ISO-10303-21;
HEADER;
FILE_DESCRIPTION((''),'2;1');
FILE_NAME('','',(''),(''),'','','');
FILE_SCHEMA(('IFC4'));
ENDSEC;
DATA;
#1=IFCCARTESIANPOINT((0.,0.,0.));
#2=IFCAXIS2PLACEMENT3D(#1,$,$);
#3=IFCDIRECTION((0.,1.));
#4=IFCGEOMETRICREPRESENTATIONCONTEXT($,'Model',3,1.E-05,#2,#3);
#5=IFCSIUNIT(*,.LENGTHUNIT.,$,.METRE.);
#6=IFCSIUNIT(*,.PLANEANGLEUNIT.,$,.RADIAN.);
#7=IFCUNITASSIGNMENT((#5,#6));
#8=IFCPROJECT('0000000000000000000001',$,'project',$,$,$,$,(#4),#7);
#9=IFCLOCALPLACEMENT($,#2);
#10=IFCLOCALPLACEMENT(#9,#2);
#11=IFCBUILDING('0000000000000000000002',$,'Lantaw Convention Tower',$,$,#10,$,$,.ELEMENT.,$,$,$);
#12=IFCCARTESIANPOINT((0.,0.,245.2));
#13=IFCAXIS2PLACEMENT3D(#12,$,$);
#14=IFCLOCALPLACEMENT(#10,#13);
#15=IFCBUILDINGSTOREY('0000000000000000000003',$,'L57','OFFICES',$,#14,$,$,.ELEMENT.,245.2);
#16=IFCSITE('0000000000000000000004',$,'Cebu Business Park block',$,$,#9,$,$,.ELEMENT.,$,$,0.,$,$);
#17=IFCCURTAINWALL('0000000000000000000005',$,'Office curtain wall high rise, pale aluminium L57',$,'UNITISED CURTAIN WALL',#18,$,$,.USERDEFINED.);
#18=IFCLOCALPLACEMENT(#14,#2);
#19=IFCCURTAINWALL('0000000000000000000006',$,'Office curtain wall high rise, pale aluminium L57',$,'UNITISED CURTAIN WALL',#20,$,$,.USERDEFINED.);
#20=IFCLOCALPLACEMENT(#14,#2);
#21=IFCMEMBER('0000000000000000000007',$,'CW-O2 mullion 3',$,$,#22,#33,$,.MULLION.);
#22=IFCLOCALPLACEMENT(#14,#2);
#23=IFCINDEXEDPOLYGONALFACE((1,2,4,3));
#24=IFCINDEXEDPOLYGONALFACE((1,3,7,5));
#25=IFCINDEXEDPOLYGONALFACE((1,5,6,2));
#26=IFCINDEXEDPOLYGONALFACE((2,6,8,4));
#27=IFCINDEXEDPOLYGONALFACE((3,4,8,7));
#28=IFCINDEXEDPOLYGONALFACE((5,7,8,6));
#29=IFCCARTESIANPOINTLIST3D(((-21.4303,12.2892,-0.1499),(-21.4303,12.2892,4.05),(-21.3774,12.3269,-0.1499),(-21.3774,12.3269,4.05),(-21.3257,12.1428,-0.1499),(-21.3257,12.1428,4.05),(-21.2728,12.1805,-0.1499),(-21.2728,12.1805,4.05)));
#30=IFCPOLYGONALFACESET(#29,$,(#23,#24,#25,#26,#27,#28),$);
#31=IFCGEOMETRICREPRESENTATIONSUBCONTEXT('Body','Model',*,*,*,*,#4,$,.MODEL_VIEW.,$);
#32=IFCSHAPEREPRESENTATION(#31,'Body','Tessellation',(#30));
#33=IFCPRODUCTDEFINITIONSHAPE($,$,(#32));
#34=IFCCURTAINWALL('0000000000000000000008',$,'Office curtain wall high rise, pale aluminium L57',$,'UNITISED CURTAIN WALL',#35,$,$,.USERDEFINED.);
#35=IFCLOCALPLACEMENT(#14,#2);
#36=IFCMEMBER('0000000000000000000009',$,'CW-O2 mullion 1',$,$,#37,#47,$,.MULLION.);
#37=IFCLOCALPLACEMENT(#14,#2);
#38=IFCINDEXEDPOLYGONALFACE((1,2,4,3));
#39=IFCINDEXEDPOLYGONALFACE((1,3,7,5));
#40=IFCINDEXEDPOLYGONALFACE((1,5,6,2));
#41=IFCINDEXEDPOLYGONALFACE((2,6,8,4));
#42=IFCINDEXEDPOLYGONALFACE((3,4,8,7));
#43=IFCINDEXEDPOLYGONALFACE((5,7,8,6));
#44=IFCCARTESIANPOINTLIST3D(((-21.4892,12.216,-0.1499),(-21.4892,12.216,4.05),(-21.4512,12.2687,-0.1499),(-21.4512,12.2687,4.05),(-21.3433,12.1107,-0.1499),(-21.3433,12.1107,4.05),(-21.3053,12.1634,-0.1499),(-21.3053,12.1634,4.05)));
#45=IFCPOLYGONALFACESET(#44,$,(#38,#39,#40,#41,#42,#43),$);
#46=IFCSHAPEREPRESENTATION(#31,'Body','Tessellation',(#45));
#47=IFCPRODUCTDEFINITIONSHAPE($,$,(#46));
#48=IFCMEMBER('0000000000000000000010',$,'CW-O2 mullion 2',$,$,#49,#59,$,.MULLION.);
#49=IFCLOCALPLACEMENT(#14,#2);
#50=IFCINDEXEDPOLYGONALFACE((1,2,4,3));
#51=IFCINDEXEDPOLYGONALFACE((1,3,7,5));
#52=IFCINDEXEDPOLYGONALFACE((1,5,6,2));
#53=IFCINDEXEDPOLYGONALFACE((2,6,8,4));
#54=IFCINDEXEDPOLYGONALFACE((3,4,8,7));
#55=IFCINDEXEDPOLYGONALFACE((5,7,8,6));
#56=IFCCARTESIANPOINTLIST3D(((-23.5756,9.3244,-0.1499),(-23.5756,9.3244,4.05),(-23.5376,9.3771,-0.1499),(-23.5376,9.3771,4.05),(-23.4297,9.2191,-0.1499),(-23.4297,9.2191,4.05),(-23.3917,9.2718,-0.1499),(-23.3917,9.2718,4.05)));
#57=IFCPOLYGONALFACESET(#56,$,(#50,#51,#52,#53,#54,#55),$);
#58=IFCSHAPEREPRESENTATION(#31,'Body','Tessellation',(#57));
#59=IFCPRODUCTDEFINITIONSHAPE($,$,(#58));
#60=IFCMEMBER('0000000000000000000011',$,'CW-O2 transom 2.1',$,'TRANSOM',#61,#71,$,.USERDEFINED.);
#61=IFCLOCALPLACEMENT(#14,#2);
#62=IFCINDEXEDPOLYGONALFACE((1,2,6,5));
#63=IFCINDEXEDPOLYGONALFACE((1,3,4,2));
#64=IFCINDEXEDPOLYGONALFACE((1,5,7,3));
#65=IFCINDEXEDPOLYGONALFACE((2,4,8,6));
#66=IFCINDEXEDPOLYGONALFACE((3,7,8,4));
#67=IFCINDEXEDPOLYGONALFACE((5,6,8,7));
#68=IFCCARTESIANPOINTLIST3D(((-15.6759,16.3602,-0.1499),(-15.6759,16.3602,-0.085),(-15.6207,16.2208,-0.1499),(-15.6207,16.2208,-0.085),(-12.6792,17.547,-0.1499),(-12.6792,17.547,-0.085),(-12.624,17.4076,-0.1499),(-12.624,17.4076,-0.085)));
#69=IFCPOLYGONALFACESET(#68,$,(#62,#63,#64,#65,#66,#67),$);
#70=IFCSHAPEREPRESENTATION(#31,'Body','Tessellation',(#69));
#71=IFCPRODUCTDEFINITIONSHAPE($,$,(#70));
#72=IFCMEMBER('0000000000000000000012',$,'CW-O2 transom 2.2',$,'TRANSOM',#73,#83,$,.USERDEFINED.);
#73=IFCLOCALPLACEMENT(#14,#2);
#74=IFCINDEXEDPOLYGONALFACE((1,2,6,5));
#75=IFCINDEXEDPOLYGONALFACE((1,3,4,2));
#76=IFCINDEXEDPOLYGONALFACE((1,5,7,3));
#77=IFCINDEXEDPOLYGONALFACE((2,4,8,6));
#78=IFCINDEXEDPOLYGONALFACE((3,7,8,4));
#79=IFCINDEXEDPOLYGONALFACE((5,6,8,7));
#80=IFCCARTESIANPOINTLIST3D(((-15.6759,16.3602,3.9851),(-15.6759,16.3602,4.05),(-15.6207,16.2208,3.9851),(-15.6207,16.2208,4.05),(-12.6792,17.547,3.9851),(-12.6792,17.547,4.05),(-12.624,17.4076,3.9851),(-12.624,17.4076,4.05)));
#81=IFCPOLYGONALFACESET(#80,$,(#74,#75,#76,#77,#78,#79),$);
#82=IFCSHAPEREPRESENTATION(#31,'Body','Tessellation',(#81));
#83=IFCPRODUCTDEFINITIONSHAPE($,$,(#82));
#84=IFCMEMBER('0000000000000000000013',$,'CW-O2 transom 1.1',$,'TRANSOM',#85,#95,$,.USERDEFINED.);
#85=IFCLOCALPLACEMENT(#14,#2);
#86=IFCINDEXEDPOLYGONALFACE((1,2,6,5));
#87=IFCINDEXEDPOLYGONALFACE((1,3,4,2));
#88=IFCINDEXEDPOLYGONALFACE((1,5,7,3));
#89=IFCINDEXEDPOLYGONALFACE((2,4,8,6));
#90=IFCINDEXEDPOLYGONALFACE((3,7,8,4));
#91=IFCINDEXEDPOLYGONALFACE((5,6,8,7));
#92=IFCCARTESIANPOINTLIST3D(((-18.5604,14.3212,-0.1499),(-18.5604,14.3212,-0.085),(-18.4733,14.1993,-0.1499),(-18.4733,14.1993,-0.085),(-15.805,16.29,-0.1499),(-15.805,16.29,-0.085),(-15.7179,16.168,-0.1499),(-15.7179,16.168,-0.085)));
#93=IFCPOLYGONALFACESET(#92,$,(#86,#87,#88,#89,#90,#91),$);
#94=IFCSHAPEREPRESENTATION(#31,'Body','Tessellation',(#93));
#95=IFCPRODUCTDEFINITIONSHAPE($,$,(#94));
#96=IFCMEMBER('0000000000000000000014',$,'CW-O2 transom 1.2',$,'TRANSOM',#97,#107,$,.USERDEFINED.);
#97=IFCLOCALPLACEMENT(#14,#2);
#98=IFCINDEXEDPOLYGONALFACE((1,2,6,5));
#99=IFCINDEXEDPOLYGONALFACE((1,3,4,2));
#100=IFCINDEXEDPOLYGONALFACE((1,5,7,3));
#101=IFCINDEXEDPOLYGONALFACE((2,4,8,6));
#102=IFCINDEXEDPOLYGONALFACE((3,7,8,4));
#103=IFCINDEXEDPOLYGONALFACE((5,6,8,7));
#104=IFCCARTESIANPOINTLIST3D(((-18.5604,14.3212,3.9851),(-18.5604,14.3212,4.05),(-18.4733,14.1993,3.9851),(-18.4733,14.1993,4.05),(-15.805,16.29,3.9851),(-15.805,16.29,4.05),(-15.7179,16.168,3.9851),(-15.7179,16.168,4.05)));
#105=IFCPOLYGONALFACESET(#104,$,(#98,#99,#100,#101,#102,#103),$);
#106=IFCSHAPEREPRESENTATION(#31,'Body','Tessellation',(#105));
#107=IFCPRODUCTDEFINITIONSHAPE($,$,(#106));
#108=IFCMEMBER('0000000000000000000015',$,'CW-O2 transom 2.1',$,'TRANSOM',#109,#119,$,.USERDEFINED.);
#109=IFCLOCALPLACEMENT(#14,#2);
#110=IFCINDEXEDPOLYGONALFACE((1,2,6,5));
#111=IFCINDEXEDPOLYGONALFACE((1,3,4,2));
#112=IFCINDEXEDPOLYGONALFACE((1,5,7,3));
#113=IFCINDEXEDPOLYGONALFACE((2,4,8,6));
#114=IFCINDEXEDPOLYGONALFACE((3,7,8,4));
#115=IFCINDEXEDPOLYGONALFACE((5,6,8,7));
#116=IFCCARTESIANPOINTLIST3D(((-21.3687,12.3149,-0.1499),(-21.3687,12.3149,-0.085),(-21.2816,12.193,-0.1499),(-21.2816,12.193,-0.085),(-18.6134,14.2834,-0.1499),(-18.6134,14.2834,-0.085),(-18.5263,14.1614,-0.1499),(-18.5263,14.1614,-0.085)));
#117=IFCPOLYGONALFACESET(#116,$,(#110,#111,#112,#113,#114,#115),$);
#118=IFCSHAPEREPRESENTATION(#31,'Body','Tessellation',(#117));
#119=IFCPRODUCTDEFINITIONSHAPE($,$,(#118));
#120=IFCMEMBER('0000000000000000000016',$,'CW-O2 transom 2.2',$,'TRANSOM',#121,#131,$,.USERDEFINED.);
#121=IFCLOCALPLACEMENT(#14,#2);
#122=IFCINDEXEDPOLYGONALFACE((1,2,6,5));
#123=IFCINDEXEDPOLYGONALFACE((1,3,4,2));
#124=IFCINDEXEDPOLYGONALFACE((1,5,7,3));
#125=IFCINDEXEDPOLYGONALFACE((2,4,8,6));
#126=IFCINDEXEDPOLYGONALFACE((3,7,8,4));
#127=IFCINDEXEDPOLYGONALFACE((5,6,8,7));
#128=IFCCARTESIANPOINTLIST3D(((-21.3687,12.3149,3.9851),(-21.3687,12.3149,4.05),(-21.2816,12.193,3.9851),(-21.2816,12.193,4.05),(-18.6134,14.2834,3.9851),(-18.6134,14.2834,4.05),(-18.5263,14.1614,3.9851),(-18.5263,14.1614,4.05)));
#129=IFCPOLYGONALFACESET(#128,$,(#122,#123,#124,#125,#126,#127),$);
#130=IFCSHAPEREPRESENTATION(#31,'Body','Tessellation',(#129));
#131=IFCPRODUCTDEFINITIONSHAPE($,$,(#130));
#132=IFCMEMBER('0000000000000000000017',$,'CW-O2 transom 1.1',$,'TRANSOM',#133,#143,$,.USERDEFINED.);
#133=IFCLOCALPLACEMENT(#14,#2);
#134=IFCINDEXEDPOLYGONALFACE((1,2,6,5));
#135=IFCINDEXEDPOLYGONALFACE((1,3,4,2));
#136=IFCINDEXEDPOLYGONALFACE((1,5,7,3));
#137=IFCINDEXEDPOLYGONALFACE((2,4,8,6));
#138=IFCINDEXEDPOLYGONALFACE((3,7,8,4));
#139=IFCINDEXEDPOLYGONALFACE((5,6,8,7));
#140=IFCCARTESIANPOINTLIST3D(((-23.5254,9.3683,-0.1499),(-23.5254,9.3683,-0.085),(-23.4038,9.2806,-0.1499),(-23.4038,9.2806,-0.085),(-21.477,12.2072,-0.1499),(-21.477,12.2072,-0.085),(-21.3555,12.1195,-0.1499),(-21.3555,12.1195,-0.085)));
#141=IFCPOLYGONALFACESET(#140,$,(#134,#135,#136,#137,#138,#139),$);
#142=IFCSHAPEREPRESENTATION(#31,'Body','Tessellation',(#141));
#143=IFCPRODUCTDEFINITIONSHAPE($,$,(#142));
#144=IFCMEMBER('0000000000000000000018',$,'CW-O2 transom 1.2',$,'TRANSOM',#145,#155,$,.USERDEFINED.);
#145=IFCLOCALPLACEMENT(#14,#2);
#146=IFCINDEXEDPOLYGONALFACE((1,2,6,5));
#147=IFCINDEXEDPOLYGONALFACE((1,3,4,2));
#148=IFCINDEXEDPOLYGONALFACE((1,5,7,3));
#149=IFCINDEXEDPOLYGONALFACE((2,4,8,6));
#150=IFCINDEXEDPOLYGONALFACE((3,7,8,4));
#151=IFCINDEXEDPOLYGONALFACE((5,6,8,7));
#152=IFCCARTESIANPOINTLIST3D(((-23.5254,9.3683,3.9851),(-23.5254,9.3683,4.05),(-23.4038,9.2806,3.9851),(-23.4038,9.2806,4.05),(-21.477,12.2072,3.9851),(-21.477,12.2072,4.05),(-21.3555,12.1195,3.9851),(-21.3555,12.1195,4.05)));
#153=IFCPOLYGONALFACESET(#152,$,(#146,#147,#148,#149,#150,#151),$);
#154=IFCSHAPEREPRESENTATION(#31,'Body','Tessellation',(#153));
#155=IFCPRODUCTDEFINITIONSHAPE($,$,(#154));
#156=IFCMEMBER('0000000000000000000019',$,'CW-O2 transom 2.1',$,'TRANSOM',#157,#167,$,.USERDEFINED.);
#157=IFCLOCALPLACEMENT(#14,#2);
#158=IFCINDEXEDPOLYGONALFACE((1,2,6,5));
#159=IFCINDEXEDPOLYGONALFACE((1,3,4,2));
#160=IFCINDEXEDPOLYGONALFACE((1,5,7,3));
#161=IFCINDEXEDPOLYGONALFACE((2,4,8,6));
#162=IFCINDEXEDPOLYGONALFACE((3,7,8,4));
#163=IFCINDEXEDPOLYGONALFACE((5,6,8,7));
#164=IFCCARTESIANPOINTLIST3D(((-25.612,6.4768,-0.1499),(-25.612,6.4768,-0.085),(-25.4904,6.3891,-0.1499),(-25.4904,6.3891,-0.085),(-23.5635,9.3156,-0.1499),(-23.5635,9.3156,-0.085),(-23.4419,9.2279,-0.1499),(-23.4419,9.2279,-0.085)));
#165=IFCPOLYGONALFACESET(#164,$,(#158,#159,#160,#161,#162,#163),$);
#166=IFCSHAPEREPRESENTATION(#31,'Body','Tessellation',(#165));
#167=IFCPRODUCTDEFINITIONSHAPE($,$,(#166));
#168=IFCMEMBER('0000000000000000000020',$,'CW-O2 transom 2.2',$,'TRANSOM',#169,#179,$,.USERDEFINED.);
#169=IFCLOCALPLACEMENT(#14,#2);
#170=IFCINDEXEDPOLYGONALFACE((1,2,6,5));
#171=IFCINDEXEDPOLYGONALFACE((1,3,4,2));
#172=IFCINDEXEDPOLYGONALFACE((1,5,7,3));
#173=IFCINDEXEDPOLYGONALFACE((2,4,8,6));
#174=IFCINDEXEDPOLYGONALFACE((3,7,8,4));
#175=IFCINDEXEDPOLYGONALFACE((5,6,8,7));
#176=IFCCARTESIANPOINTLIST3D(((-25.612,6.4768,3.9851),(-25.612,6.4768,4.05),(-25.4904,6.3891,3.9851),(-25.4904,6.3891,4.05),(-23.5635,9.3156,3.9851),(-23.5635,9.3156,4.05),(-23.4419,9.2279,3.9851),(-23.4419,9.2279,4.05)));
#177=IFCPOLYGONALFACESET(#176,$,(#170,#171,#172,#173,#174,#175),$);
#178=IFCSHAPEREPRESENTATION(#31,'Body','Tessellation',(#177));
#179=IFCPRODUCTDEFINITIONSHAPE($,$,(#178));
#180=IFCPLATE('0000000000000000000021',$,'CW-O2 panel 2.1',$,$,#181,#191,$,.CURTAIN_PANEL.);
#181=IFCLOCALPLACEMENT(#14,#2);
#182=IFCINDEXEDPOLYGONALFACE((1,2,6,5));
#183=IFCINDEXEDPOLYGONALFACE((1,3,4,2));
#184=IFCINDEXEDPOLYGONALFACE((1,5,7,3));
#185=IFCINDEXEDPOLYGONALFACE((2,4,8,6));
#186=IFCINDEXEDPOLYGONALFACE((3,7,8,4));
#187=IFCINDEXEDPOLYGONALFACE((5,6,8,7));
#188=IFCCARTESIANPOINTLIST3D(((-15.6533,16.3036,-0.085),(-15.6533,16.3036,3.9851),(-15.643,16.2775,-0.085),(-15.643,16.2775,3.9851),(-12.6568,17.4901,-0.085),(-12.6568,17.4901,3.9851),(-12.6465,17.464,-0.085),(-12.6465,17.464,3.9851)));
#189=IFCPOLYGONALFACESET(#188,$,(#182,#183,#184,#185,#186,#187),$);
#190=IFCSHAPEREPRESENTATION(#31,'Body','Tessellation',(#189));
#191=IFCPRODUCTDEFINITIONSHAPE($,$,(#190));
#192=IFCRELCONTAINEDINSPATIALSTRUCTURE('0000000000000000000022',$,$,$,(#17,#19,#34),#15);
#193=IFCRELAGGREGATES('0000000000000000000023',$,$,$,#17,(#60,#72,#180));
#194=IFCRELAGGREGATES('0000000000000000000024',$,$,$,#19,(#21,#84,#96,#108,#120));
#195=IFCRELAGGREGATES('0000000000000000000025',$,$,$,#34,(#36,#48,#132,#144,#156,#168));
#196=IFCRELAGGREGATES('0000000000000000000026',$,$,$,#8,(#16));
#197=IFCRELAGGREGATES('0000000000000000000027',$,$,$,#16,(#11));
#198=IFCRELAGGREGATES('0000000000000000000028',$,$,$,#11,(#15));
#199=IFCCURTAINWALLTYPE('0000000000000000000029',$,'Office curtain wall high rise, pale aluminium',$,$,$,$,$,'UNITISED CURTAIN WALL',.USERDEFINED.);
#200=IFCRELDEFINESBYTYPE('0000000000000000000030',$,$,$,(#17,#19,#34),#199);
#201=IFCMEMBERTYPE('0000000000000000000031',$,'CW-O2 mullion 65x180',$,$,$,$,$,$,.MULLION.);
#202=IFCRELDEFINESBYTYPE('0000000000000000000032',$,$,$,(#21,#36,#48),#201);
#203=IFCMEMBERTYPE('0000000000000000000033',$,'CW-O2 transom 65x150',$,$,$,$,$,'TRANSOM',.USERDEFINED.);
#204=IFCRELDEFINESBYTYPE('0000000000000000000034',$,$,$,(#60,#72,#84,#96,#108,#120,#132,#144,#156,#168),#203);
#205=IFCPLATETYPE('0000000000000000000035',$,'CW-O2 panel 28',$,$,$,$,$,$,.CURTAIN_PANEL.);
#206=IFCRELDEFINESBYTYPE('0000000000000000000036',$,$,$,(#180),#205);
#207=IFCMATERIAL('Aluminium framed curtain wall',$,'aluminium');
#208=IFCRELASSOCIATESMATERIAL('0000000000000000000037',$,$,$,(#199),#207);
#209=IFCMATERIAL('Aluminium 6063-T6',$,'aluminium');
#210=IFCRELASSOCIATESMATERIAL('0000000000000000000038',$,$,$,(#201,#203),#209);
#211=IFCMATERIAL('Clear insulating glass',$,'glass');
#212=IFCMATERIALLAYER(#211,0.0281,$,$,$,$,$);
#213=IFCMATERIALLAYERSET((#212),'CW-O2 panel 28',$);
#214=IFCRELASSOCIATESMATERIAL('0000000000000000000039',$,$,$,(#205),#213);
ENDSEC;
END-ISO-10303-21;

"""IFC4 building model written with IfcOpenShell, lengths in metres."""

from ifc_helpers import new_model, si_unit, direction, frame, origin, origin_2d, place, context, subcontext, project, spatial, rectangle, extrude, material, layer, layer_set, material_profile, profile_set, type_object, element, aggregate, save


model = new_model("IFC4")

# Units and contexts
model_context = context("Model", 3, precision=1e-05, world=origin(), true_north=direction((0.0, 1.0)))
body_context = subcontext(model_context, "Body", "Model", "MODEL_VIEW")
ifc_project = project(units=[si_unit("LENGTHUNIT", "METRE"), si_unit("PLANEANGLEUNIT", "RADIAN")], contexts=[model_context])

# Site, building, storey
site_placement = place(None, origin())
site = spatial("IfcSite", under=ifc_project, at=site_placement, Name="Cebu Business Park block", CompositionType="ELEMENT", RefElevation=0.0)
building_placement = place(site_placement, origin())
building = spatial("IfcBuilding", under=site, at=building_placement, Name="Lantaw Convention Tower", CompositionType="ELEMENT")
storey_placement = place(building_placement, frame((0.0, 0.0, 245.2)))
storey = spatial("IfcBuildingStorey", under=building, at=storey_placement, Name="L57", Description="OFFICES", CompositionType="ELEMENT", Elevation=245.2)

# Curtain wall
ifc_material_1 = material(Name="Aluminium framed curtain wall", Category="aluminium")
curtain_wall_type = type_object("IfcCurtainWallType", Name="Office curtain wall high rise, pale aluminium", ElementType="UNITISED CURTAIN WALL", PredefinedType="USERDEFINED", material=ifc_material_1)
curtain_wall_1_placement = place(storey_placement, origin())
curtain_wall_1 = element("IfcCurtainWall", 1, at=curtain_wall_1_placement, inside=storey, type_object=curtain_wall_type, Name="Office curtain wall high rise, pale aluminium L57", ObjectType="UNITISED CURTAIN WALL", PredefinedType="USERDEFINED")
ifc_material_2 = material(Name="Aluminium 6063-T6", Category="aluminium")
ifc_material_profile_1 = material_profile(ifc_material_2, rectangle(XDim=0.1799, YDim=0.0649, at=origin_2d()), Name="CW-O2 mullion 65x180")
ifc_profile_set_1 = profile_set([ifc_material_profile_1], Name="Aluminium 6063-T6")
member_type_1 = type_object("IfcMemberType", Name="CW-O2 mullion 65x180", PredefinedType="MULLION", material=ifc_profile_set_1)

# Curtain walls, members
curtain_wall_2_placement = place(storey_placement, origin())
curtain_wall_2 = element("IfcCurtainWall", 2, at=curtain_wall_2_placement, inside=storey, type_object=curtain_wall_type, Name="Office curtain wall high rise, pale aluminium L57", ObjectType="UNITISED CURTAIN WALL", PredefinedType="USERDEFINED")
member_1_placement = place(storey_placement, frame((-21.3516, 12.2349, -0.1499), z_axis=(0.0, 0.0, 1.0), x_axis=(0.581323, -0.813673, 0.0)))
member_1 = element("IfcMember", 3, at=member_1_placement, type_object=member_type_1, Name="CW-O2 mullion 3", PredefinedType="MULLION", context=body_context, shape_type="SweptSolid", body=[
    extrude(rectangle(XDim=0.1799, YDim=0.0649, at=origin_2d()), origin(), (0.0, 0.0, 1.0), 4.2),
])
curtain_wall_3_placement = place(storey_placement, origin())
curtain_wall_3 = element("IfcCurtainWall", 4, at=curtain_wall_3_placement, inside=storey, type_object=curtain_wall_type, Name="Office curtain wall high rise, pale aluminium L57", ObjectType="UNITISED CURTAIN WALL", PredefinedType="USERDEFINED")
member_2_placement = place(storey_placement, frame((-21.3972, 12.1897, -0.1499), z_axis=(0.0, 0.0, 1.0), x_axis=(0.81092, -0.585158, 0.0)))
member_2 = element("IfcMember", 5, at=member_2_placement, type_object=member_type_1, Name="CW-O2 mullion 1", PredefinedType="MULLION", context=body_context, shape_type="SweptSolid", body=[
    extrude(rectangle(XDim=0.1799, YDim=0.0649, at=origin_2d()), origin(), (0.0, 0.0, 1.0), 4.2),
])
member_3_placement = place(storey_placement, frame((-23.4836, 9.2981, -0.1499), z_axis=(0.0, 0.0, 1.0), x_axis=(0.81092, -0.585158, 0.0)))
member_3 = element("IfcMember", 6, at=member_3_placement, type_object=member_type_1, Name="CW-O2 mullion 2", PredefinedType="MULLION", context=body_context, shape_type="SweptSolid", body=[
    extrude(rectangle(XDim=0.1799, YDim=0.0649, at=origin_2d()), origin(), (0.0, 0.0, 1.0), 4.2),
])

# Members
ifc_material_profile_2 = material_profile(ifc_material_2, rectangle(XDim=0.1499, YDim=0.0649, at=origin_2d()), Name="CW-O2 transom 65x150")
ifc_profile_set_2 = profile_set([ifc_material_profile_2], Name="Aluminium 6063-T6")
member_type_2 = type_object("IfcMemberType", Name="CW-O2 transom 65x150", ElementType="TRANSOM", PredefinedType="USERDEFINED", material=ifc_profile_set_2)
member_4_placement = place(storey_placement, frame((-12.6516, 17.4773, -0.1174), z_axis=(-0.929741, -0.368215, 0.0), x_axis=(0.368215, -0.929741, 0.0)))
member_4 = element("IfcMember", 7, at=member_4_placement, type_object=member_type_2, Name="CW-O2 transom 2.1", ObjectType="TRANSOM", PredefinedType="USERDEFINED", context=body_context, shape_type="SweptSolid", body=[
    extrude(rectangle(XDim=0.1499, YDim=0.0649, at=origin_2d()), origin(), (0.0, 0.0, 1.0), 3.2231),
])
member_5_placement = place(storey_placement, frame((-12.6516, 17.4773, 4.0176), z_axis=(-0.929741, -0.368215, 0.0), x_axis=(0.368215, -0.929741, 0.0)))
member_5 = element("IfcMember", 8, at=member_5_placement, type_object=member_type_2, Name="CW-O2 transom 2.2", ObjectType="TRANSOM", PredefinedType="USERDEFINED", context=body_context, shape_type="SweptSolid", body=[
    extrude(rectangle(XDim=0.1499, YDim=0.0649, at=origin_2d()), origin(), (0.0, 0.0, 1.0), 3.2231),
])
member_6_placement = place(storey_placement, frame((-15.7615, 16.229, -0.1174), z_axis=(-0.813646, -0.581361, 0.0), x_axis=(0.581361, -0.813646, 0.0)))
member_6 = element("IfcMember", 9, at=member_6_placement, type_object=member_type_2, Name="CW-O2 transom 1.1", ObjectType="TRANSOM", PredefinedType="USERDEFINED", context=body_context, shape_type="SweptSolid", body=[
    extrude(rectangle(XDim=0.1499, YDim=0.0649, at=origin_2d()), origin(), (0.0, 0.0, 1.0), 3.3865),
])
member_7_placement = place(storey_placement, frame((-15.7615, 16.229, 4.0176), z_axis=(-0.813646, -0.581361, 0.0), x_axis=(0.581361, -0.813646, 0.0)))
member_7 = element("IfcMember", 10, at=member_7_placement, type_object=member_type_2, Name="CW-O2 transom 1.2", ObjectType="TRANSOM", PredefinedType="USERDEFINED", context=body_context, shape_type="SweptSolid", body=[
    extrude(rectangle(XDim=0.1499, YDim=0.0649, at=origin_2d()), origin(), (0.0, 0.0, 1.0), 3.3865),
])
member_8_placement = place(storey_placement, frame((-18.5698, 14.2224, -0.1174), z_axis=(-0.81368, -0.581313, 0.0), x_axis=(0.581313, -0.81368, 0.0)))
member_8 = element("IfcMember", 11, at=member_8_placement, type_object=member_type_2, Name="CW-O2 transom 2.1", ObjectType="TRANSOM", PredefinedType="USERDEFINED", context=body_context, shape_type="SweptSolid", body=[
    extrude(rectangle(XDim=0.1499, YDim=0.0649, at=origin_2d()), origin(), (0.0, 0.0, 1.0), 3.3862),
])
member_9_placement = place(storey_placement, frame((-18.5698, 14.2224, 4.0176), z_axis=(-0.81368, -0.581313, 0.0), x_axis=(0.581313, -0.81368, 0.0)))
member_9 = element("IfcMember", 12, at=member_9_placement, type_object=member_type_2, Name="CW-O2 transom 2.2", ObjectType="TRANSOM", PredefinedType="USERDEFINED", context=body_context, shape_type="SweptSolid", body=[
    extrude(rectangle(XDim=0.1499, YDim=0.0649, at=origin_2d()), origin(), (0.0, 0.0, 1.0), 3.3862),
])
member_10_placement = place(storey_placement, frame((-21.4163, 12.1633, -0.1174), z_axis=(-0.585124, -0.810944, 0.0), x_axis=(0.810944, -0.585124, 0.0)))
member_10 = element("IfcMember", 13, at=member_10_placement, type_object=member_type_2, Name="CW-O2 transom 1.1", ObjectType="TRANSOM", PredefinedType="USERDEFINED", context=body_context, shape_type="SweptSolid", body=[
    extrude(rectangle(XDim=0.1499, YDim=0.0649, at=origin_2d()), origin(), (0.0, 0.0, 1.0), 3.5007),
])
member_11_placement = place(storey_placement, frame((-21.4163, 12.1633, 4.0176), z_axis=(-0.585124, -0.810944, 0.0), x_axis=(0.810944, -0.585124, 0.0)))
member_11 = element("IfcMember", 14, at=member_11_placement, type_object=member_type_2, Name="CW-O2 transom 1.2", ObjectType="TRANSOM", PredefinedType="USERDEFINED", context=body_context, shape_type="SweptSolid", body=[
    extrude(rectangle(XDim=0.1499, YDim=0.0649, at=origin_2d()), origin(), (0.0, 0.0, 1.0), 3.5007),
])
member_12_placement = place(storey_placement, frame((-23.5027, 9.2717, -0.1174), z_axis=(-0.58517, -0.810911, 0.0), x_axis=(0.810911, -0.58517, 0.0)))
member_12 = element("IfcMember", 15, at=member_12_placement, type_object=member_type_2, Name="CW-O2 transom 2.1", ObjectType="TRANSOM", PredefinedType="USERDEFINED", context=body_context, shape_type="SweptSolid", body=[
    extrude(rectangle(XDim=0.1499, YDim=0.0649, at=origin_2d()), origin(), (0.0, 0.0, 1.0), 3.5007),
])
member_13_placement = place(storey_placement, frame((-23.5027, 9.2717, 4.0176), z_axis=(-0.58517, -0.810911, 0.0), x_axis=(0.810911, -0.58517, 0.0)))
member_13 = element("IfcMember", 16, at=member_13_placement, type_object=member_type_2, Name="CW-O2 transom 2.2", ObjectType="TRANSOM", PredefinedType="USERDEFINED", context=body_context, shape_type="SweptSolid", body=[
    extrude(rectangle(XDim=0.1499, YDim=0.0649, at=origin_2d()), origin(), (0.0, 0.0, 1.0), 3.5007),
])

# Plate
ifc_material_3 = material(Name="Clear insulating glass", Category="glass")
ifc_layer_1 = layer(ifc_material_3, 0.0281)
ifc_layer_set_1 = layer_set([ifc_layer_1], Name="CW-O2 panel 28")
plate_type_1 = type_object("IfcPlateType", Name="CW-O2 panel 28", PredefinedType="CURTAIN_PANEL", material=ifc_layer_set_1)
plate_1_placement = place(storey_placement, frame((-14.1499, 16.8838, -0.085), z_axis=(0.0, 0.0, 1.0), x_axis=(-0.929762, -0.368162, 0.0)))
plate_1 = element("IfcPlate", 17, at=plate_1_placement, type_object=plate_type_1, Name="CW-O2 panel 2.1", PredefinedType="CURTAIN_PANEL", context=body_context, shape_type="SweptSolid", body=[
    extrude(rectangle(XDim=3.2229, YDim=0.0281, at=origin_2d()), origin(), (0.0, 0.0, 1.0), 4.0701),
])
aggregate(curtain_wall_1, [member_4, member_5, plate_1])
aggregate(curtain_wall_2, [member_1, member_6, member_7, member_8, member_9])
aggregate(curtain_wall_3, [member_2, member_3, member_10, member_11, member_12, member_13])

save(model, "model.ifc")
